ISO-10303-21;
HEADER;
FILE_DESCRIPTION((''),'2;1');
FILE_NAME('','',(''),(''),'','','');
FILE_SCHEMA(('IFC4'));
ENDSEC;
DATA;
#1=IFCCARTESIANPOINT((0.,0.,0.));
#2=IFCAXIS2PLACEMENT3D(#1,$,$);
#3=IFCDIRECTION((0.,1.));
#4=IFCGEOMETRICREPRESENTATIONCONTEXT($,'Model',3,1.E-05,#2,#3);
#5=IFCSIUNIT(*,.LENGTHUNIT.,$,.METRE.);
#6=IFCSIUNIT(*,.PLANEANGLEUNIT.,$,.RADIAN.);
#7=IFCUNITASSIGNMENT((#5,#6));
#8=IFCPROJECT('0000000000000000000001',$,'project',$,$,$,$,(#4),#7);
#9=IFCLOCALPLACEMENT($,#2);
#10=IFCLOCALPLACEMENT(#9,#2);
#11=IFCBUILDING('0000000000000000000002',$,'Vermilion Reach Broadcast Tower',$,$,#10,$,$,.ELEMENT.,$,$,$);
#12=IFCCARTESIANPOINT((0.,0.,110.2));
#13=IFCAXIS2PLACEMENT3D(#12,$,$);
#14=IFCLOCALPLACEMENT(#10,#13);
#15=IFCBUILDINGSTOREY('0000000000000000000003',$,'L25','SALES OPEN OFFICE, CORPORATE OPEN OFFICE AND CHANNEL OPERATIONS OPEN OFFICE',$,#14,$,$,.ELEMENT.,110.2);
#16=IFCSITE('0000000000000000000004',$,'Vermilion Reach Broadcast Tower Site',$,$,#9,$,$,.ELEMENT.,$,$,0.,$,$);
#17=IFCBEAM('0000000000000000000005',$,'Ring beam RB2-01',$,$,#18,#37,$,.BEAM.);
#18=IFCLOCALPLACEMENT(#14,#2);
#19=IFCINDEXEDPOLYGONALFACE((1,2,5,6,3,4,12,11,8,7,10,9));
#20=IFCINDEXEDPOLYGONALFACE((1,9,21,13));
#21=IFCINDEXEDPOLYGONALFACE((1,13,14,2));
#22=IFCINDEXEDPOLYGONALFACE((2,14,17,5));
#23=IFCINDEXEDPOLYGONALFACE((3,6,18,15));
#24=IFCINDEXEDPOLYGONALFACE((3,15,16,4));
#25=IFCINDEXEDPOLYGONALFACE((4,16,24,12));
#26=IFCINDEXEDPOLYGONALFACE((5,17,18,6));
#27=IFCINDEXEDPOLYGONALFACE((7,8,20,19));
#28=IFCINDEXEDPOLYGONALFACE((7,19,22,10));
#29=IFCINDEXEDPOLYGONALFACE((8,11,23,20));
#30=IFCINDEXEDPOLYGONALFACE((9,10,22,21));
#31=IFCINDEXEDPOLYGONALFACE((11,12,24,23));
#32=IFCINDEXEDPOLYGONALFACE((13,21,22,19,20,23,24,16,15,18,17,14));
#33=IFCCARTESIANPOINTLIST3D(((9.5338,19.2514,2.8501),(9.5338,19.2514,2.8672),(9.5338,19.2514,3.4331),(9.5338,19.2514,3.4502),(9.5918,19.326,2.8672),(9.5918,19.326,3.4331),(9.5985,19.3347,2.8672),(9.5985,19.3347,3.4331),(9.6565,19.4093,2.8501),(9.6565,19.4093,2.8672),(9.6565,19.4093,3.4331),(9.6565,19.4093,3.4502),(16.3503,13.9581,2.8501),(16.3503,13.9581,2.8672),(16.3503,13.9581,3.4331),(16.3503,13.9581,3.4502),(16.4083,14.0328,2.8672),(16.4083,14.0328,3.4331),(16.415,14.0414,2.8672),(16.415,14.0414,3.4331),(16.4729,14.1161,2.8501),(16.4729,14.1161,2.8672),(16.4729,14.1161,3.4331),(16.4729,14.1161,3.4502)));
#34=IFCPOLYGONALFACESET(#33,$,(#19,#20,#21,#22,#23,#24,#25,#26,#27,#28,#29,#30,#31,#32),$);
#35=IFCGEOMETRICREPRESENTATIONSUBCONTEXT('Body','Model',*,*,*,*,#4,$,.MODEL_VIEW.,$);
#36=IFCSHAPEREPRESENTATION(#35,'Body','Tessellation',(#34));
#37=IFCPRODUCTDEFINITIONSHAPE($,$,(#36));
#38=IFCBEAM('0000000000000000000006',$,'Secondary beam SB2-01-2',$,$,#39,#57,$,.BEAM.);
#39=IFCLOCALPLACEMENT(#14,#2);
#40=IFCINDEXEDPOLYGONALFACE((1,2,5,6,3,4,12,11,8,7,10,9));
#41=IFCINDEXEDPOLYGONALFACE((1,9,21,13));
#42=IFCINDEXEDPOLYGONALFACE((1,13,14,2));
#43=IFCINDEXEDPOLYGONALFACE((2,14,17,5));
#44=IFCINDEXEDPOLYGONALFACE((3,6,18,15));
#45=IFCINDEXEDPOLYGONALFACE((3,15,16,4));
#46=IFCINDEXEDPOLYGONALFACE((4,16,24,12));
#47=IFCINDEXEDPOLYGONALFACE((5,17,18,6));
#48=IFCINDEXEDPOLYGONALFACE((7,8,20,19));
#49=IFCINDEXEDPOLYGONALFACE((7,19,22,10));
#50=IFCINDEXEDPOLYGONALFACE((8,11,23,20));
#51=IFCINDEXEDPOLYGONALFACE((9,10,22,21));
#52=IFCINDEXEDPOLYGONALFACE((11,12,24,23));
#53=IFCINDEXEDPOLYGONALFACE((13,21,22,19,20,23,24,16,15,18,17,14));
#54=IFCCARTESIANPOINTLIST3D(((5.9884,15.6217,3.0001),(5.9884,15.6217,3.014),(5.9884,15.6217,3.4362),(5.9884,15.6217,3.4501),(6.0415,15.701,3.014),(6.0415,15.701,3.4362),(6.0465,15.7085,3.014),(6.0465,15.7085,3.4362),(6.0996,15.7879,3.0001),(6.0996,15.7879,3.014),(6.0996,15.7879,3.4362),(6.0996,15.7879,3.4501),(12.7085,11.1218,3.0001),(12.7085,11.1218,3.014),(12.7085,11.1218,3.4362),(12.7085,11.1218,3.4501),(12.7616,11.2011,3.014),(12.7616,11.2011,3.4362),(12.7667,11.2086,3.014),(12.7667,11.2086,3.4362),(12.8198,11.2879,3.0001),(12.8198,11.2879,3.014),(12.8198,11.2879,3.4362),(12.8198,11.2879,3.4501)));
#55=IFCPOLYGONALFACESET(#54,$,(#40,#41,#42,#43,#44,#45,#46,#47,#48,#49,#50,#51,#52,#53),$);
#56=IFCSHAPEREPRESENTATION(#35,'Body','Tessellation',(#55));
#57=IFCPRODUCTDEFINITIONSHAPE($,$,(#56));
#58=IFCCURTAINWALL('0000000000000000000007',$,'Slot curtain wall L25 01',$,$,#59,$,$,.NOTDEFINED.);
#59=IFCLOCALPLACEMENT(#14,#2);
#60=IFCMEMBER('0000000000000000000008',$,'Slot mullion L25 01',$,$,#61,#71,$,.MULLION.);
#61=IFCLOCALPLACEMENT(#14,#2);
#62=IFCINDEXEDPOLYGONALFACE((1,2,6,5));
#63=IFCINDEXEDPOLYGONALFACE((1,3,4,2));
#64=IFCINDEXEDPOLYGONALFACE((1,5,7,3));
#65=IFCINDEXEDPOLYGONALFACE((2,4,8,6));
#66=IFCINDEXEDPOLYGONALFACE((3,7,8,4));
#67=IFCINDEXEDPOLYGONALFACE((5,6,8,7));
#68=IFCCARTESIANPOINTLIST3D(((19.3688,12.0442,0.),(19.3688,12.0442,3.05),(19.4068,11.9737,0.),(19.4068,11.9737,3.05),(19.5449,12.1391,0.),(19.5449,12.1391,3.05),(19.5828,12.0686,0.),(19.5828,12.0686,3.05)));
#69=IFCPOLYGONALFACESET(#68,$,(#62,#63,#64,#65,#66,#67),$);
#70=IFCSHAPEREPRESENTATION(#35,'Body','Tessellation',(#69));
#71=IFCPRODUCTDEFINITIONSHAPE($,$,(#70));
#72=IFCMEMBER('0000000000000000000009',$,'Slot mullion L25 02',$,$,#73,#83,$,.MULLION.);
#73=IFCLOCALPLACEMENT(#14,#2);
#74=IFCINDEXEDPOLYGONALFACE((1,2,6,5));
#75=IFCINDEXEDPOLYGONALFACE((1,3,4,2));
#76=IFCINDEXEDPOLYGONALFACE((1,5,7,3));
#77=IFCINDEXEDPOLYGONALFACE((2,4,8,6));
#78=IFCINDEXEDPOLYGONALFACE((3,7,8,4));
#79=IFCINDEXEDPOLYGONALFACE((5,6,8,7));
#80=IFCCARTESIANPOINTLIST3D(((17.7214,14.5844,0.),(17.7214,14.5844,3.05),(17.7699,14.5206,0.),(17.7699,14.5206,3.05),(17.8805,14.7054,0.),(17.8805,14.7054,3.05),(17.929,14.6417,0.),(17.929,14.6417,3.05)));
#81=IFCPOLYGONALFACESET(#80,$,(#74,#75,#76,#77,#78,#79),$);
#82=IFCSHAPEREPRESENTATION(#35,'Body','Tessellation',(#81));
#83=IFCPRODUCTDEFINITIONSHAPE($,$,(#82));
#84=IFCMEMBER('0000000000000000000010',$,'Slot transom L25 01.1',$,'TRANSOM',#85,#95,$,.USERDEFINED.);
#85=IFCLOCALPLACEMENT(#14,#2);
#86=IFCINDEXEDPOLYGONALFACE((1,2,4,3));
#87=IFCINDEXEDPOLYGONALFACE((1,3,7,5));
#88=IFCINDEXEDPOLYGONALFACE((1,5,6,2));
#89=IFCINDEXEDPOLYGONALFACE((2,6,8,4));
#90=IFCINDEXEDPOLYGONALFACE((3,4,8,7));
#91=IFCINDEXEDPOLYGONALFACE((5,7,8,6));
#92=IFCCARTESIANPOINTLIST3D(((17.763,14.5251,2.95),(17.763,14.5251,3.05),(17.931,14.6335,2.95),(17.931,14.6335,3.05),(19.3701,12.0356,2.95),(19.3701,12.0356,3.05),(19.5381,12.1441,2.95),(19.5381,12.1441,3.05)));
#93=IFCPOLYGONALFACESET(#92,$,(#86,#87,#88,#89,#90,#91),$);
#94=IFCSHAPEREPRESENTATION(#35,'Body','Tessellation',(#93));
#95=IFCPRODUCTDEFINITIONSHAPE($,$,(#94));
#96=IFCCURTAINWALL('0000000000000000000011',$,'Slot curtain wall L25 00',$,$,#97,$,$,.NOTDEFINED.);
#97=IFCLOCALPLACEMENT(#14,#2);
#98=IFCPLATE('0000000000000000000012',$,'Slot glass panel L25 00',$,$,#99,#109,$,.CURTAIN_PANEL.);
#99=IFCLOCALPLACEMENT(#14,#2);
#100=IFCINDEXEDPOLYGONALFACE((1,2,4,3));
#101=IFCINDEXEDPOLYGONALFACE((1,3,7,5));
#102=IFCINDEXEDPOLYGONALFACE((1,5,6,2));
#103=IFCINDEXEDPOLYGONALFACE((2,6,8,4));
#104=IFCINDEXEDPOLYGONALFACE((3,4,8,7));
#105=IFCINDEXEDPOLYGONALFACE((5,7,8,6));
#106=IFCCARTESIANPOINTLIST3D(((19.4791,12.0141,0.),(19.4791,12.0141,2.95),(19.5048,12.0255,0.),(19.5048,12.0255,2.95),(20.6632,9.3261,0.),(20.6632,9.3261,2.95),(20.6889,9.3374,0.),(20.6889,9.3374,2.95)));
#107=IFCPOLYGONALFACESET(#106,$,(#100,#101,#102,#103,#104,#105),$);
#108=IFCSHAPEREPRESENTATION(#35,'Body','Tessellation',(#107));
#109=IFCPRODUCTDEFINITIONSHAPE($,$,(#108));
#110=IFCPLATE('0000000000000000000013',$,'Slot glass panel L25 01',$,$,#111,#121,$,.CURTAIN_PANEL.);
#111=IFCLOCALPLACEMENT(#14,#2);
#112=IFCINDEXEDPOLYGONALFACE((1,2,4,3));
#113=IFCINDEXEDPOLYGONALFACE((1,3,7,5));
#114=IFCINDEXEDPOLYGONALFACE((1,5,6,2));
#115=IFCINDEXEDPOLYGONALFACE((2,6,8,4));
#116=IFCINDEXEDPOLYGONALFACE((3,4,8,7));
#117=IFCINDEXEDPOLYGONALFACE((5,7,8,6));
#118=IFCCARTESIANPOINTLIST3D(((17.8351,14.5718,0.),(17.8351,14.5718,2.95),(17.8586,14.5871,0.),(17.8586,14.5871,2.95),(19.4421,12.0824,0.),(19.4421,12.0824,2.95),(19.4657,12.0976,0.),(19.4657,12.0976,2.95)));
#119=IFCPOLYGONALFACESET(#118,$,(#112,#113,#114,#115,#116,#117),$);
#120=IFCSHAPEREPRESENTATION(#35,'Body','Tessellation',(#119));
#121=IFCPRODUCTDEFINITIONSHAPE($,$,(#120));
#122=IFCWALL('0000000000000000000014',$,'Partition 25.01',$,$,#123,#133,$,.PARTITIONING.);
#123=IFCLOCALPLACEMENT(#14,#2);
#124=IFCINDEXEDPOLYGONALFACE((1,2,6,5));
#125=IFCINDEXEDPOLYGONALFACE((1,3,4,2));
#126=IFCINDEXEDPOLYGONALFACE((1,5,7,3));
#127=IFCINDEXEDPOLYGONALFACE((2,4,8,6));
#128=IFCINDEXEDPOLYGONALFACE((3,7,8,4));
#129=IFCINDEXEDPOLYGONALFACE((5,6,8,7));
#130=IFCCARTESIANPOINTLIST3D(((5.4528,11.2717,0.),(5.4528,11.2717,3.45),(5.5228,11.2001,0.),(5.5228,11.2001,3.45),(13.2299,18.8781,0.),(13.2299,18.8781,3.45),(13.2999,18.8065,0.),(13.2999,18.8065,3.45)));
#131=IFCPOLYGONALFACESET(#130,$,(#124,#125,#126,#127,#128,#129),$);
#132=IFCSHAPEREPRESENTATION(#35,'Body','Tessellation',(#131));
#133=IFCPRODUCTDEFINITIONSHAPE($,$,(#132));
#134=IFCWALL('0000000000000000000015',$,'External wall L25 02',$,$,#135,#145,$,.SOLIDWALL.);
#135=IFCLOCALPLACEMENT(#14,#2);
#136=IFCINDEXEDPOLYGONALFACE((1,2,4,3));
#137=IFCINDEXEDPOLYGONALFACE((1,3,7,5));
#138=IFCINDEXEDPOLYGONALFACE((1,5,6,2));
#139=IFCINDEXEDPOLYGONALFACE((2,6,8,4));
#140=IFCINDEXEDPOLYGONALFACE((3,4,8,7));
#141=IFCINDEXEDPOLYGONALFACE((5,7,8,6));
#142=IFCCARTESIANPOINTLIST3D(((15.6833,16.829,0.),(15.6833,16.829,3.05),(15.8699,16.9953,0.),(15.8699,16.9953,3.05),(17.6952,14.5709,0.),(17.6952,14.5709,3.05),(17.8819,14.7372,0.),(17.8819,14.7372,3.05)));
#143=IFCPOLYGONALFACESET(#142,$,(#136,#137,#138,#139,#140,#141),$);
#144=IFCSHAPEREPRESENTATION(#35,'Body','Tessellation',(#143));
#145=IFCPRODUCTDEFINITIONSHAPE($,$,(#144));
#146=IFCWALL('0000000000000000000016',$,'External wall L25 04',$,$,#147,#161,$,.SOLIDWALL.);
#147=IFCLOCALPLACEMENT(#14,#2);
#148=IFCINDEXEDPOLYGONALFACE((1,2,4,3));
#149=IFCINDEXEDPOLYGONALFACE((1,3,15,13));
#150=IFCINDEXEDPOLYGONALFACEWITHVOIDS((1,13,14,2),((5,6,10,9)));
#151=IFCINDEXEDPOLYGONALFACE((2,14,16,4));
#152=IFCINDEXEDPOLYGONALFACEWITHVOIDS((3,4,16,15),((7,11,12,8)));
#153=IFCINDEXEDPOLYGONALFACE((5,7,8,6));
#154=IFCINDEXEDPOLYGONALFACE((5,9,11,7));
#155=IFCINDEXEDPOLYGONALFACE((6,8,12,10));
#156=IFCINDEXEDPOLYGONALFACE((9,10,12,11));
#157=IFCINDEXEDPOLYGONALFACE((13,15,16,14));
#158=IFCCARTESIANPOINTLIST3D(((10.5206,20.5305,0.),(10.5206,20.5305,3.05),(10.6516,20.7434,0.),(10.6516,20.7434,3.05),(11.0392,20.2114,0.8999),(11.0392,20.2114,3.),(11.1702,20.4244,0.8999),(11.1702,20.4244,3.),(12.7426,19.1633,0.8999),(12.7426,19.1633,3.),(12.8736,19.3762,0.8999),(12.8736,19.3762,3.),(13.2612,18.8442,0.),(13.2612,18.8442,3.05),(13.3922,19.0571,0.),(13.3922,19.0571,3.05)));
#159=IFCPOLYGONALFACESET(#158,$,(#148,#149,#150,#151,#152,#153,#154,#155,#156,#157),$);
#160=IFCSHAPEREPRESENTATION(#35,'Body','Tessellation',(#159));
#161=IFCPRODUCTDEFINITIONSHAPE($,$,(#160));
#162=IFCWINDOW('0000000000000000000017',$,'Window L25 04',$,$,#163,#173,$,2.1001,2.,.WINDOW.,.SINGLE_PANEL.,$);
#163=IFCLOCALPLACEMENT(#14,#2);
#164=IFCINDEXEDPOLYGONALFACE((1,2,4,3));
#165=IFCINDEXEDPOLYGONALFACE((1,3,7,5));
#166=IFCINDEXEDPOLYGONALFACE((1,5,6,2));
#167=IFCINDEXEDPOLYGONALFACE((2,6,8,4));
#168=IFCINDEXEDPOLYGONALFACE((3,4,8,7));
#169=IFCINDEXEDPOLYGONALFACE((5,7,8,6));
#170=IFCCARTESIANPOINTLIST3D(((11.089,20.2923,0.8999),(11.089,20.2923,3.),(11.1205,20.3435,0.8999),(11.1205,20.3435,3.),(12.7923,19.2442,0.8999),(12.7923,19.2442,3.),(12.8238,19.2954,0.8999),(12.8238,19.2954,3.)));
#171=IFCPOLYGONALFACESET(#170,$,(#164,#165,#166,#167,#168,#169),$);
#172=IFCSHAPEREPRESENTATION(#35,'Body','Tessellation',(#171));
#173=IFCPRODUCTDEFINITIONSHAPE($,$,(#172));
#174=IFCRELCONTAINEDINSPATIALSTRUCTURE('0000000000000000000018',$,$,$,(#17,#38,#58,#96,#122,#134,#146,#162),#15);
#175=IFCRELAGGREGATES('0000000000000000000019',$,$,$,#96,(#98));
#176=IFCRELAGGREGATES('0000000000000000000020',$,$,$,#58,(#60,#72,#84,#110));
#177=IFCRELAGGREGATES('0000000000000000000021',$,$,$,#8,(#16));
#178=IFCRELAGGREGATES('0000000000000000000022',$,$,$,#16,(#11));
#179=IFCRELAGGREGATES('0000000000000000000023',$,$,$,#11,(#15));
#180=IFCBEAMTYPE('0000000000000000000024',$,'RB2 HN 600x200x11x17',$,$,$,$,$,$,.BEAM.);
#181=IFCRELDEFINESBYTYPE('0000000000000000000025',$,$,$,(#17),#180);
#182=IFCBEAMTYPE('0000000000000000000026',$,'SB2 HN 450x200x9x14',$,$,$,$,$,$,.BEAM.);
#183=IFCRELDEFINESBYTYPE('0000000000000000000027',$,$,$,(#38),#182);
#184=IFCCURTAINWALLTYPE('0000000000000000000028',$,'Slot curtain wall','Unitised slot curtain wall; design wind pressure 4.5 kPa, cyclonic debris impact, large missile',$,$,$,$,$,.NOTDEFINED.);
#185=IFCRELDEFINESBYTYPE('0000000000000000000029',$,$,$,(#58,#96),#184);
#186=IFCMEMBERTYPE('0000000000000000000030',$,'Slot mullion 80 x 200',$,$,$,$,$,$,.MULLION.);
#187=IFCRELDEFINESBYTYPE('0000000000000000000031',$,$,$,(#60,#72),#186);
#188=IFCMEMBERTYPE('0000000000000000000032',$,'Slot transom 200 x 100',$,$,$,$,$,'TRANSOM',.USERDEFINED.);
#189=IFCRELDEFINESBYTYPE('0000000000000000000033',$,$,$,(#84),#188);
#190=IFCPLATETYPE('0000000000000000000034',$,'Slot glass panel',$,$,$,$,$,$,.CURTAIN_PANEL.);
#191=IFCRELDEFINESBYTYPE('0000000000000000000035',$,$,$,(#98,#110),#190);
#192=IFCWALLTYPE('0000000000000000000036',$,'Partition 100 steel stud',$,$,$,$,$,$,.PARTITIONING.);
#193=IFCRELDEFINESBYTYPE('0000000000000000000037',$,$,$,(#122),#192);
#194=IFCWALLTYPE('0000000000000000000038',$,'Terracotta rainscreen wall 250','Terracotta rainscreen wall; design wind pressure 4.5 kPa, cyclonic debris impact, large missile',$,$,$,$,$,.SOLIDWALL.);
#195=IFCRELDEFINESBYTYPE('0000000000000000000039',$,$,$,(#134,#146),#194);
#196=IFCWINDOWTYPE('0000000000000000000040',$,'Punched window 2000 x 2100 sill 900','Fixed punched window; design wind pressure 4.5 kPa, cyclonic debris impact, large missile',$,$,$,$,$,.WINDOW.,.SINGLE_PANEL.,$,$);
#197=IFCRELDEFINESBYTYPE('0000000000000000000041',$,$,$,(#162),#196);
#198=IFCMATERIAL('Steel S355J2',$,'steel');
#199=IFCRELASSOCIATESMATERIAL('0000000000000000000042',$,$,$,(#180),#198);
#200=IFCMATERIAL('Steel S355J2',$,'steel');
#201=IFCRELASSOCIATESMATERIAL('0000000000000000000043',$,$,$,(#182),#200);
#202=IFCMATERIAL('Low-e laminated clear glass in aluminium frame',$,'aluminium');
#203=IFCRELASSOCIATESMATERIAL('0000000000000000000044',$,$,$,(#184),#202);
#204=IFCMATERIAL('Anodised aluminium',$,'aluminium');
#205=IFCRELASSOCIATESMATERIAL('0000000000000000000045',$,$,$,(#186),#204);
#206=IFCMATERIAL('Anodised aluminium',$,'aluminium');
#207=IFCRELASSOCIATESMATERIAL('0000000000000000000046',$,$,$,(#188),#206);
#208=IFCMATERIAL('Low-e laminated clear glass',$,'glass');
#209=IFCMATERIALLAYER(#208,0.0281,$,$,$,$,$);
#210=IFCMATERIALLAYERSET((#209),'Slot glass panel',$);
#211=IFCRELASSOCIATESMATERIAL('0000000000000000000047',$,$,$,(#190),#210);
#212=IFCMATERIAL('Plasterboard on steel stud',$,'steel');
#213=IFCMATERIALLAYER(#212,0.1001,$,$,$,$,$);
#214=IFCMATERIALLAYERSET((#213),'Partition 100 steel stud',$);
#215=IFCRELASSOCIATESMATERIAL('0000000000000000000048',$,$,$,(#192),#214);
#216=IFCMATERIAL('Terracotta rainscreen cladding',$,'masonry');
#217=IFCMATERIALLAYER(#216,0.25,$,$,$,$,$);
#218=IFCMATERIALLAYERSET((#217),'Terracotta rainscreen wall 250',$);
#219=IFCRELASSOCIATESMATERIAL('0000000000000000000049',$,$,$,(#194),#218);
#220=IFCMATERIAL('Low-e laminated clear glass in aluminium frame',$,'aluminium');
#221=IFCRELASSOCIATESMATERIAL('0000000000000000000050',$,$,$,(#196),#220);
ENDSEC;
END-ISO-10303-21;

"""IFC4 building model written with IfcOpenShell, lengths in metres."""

from ifc_helpers import new_model, si_unit, direction, frame, frame_2d, origin, origin_2d, place, context, subcontext, project, spatial, rectangle, i_section, extrude, material, layer, layer_set, material_profile, profile_set, type_object, element, fill, aggregate, save


model = new_model("IFC4")

# Units and contexts
model_context = context("Model", 3, precision=1e-05, world=origin(), true_north=direction((0.0, 1.0)))
body_context = subcontext(model_context, "Body", "Model", "MODEL_VIEW")
ifc_project = project(units=[si_unit("LENGTHUNIT", "METRE"), si_unit("PLANEANGLEUNIT", "RADIAN")], contexts=[model_context])

# Site, building, storey
site_placement = place(None, origin())
site = spatial("IfcSite", under=ifc_project, at=site_placement, Name="Vermilion Reach Broadcast Tower Site", CompositionType="ELEMENT", RefElevation=0.0)
building_placement = place(site_placement, origin())
building = spatial("IfcBuilding", under=site, at=building_placement, Name="Vermilion Reach Broadcast Tower", CompositionType="ELEMENT")
storey_placement = place(building_placement, frame((0.0, 0.0, 110.2)))
storey = spatial("IfcBuildingStorey", under=building, at=storey_placement, Name="L25", Description="SALES OPEN OFFICE, CORPORATE OPEN OFFICE AND CHANNEL OPERATIONS OPEN OFFICE", CompositionType="ELEMENT", Elevation=110.2)

# Beams
ifc_material_1 = material(Name="Steel S355J2", Category="steel")
ifc_material_profile_1 = material_profile(ifc_material_1, i_section(OverallWidth=0.2, OverallDepth=0.6001, WebThickness=0.011, FlangeThickness=0.0171, at=origin_2d()), Name="S355J2 HN 600x200x11x17")
ifc_profile_set_1 = profile_set([ifc_material_profile_1], Name="Steel S355J2")
beam_type_1 = type_object("IfcBeamType", Name="RB2 HN 600x200x11x17", PredefinedType="BEAM", material=ifc_profile_set_1)
beam_1_placement = place(storey_placement, frame((16.4116, 14.0371, 3.1501), z_axis=(-0.789826, 0.613331, 0.0), x_axis=(-0.613331, -0.789826, 0.0)))
element("IfcBeam", 1, at=beam_1_placement, inside=storey, type_object=beam_type_1, Name="Ring beam RB2-01", PredefinedType="BEAM", context=body_context, shape_type="SweptSolid", body=[
    extrude(i_section(OverallWidth=0.2, OverallDepth=0.6001, WebThickness=0.011, FlangeThickness=0.0171, at=origin_2d()), origin(), (0.0, 0.0, 1.0), 8.6304),
])
ifc_material_2 = material(Name="Steel S355J2", Category="steel")
ifc_material_profile_2 = material_profile(ifc_material_2, i_section(OverallWidth=0.2, OverallDepth=0.45, WebThickness=0.009, FlangeThickness=0.0139, at=origin_2d()), Name="S355J2 HN 450x200x9x14")
ifc_profile_set_2 = profile_set([ifc_material_profile_2], Name="Steel S355J2")
beam_type_2 = type_object("IfcBeamType", Name="SB2 HN 450x200x9x14", PredefinedType="BEAM", material=ifc_profile_set_2)
beam_2_placement = place(storey_placement, frame((12.7642, 11.2048, 3.2251), z_axis=(-0.830915, 0.556399, 0.0), x_axis=(-0.556399, -0.830915, 0.0)))
element("IfcBeam", 2, at=beam_2_placement, inside=storey, type_object=beam_type_2, Name="Secondary beam SB2-01-2", PredefinedType="BEAM", context=body_context, shape_type="SweptSolid", body=[
    extrude(i_section(OverallWidth=0.2, OverallDepth=0.45, WebThickness=0.009, FlangeThickness=0.0139, at=origin_2d()), origin(), (0.0, 0.0, 1.0), 8.0876),
])

# Curtain wall, members
ifc_material_3 = material(Name="Low-e laminated clear glass in aluminium frame", Category="aluminium")
curtain_wall_type = type_object("IfcCurtainWallType", Name="Slot curtain wall", Description="Unitised slot curtain wall; design wind pressure 4.5 kPa, cyclonic debris impact, large missile", PredefinedType="NOTDEFINED", material=ifc_material_3)
placement = place(storey_placement, origin())
curtain_wall_1 = element("IfcCurtainWall", 3, at=placement, inside=storey, type_object=curtain_wall_type, Name="Slot curtain wall L25 01", PredefinedType="NOTDEFINED")
ifc_material_4 = material(Name="Anodised aluminium", Category="aluminium")
ifc_material_profile_3 = material_profile(ifc_material_4, rectangle(XDim=0.2, YDim=0.0801, at=origin_2d()), Name="Slot mullion 80 x 200")
ifc_profile_set_3 = profile_set([ifc_material_profile_3], Name="Anodised aluminium")
member_type_1 = type_object("IfcMemberType", Name="Slot mullion 80 x 200", PredefinedType="MULLION", material=ifc_profile_set_3)
member_1_placement = place(storey_placement, frame((19.4758, 12.0564, 0.0), z_axis=(0.0, 0.0, 1.0), x_axis=(-0.880404, -0.474225, 0.0)))
member_1 = element("IfcMember", 4, at=member_1_placement, type_object=member_type_1, Name="Slot mullion L25 01", PredefinedType="MULLION", context=body_context, shape_type="SweptSolid", body=[
    extrude(rectangle(XDim=0.2, YDim=0.0801, at=origin_2d()), origin(), (0.0, 0.0, 1.0), 3.05),
])
member_2_placement = place(storey_placement, frame((17.8252, 14.613, 0.0), z_axis=(0.0, 0.0, 1.0), x_axis=(-0.795754, -0.60562, 0.0)))
member_2 = element("IfcMember", 5, at=member_2_placement, type_object=member_type_1, Name="Slot mullion L25 02", PredefinedType="MULLION", context=body_context, shape_type="SweptSolid", body=[
    extrude(rectangle(XDim=0.2, YDim=0.0801, at=origin_2d()), origin(), (0.0, 0.0, 1.0), 3.05),
])
ifc_material_5 = material(Name="Anodised aluminium", Category="aluminium")
ifc_material_profile_4 = material_profile(ifc_material_5, rectangle(XDim=0.2, YDim=0.1001, at=origin_2d()), Name="Slot transom 200 x 100")
ifc_profile_set_4 = profile_set([ifc_material_profile_4], Name="Anodised aluminium")
member_type_2 = type_object("IfcMemberType", Name="Slot transom 200 x 100", ElementType="TRANSOM", PredefinedType="USERDEFINED", material=ifc_profile_set_4)
member_3_placement = place(storey_placement, frame((19.4541, 12.0898, 3.0), z_axis=(-0.542376, 0.840136, 0.0), x_axis=(-0.840136, -0.542376, 0.0)))
member_3 = element("IfcMember", 6, at=member_3_placement, type_object=member_type_2, Name="Slot transom L25 01.1", ObjectType="TRANSOM", PredefinedType="USERDEFINED", context=body_context, shape_type="SweptSolid", body=[
    extrude(rectangle(XDim=0.2, YDim=0.1001, at=origin_2d()), origin(), (0.0, 0.0, 1.0), 2.9631),
])

# Curtain wall, plate
curtain_wall_2 = element("IfcCurtainWall", 7, at=placement, inside=storey, type_object=curtain_wall_type, Name="Slot curtain wall L25 00", PredefinedType="NOTDEFINED")
ifc_material_6 = material(Name="Low-e laminated clear glass", Category="glass")
ifc_layer_1 = layer(ifc_material_6, 0.0281)
ifc_layer_set_1 = layer_set([ifc_layer_1], Name="Slot glass panel")
plate_type = type_object("IfcPlateType", Name="Slot glass panel", PredefinedType="CURTAIN_PANEL", material=ifc_layer_set_1)
plate_1_placement = place(storey_placement, frame((20.084, 10.6758, 0.0), z_axis=(0.0, 0.0, 1.0), x_axis=(-0.403118, 0.915148, 0.0)))
plate_1 = element("IfcPlate", 8, at=plate_1_placement, type_object=plate_type, Name="Slot glass panel L25 00", PredefinedType="CURTAIN_PANEL", context=body_context, shape_type="SweptSolid", body=[
    extrude(rectangle(XDim=2.9373, YDim=0.0281, at=origin_2d()), origin(), (0.0, 0.0, 1.0), 2.95),
])
aggregate(curtain_wall_2, [plate_1])

# Plate
plate_2_placement = place(storey_placement, frame((18.6504, 13.3347, 0.0), z_axis=(0.0, 0.0, 1.0), x_axis=(-0.542361, 0.840145, 0.0)))
plate_2 = element("IfcPlate", 9, at=plate_2_placement, type_object=plate_type, Name="Slot glass panel L25 01", PredefinedType="CURTAIN_PANEL", context=body_context, shape_type="SweptSolid", body=[
    extrude(rectangle(XDim=2.9631, YDim=0.0281, at=origin_2d()), origin(), (0.0, 0.0, 1.0), 2.95),
])
aggregate(curtain_wall_1, [member_1, member_2, member_3, plate_2])

# Walls
ifc_material_7 = material(Name="Plasterboard on steel stud", Category="steel")
ifc_layer_2 = layer(ifc_material_7, 0.1001)
ifc_layer_set_2 = layer_set([ifc_layer_2], Name="Partition 100 steel stud")
wall_type_1 = type_object("IfcWallType", Name="Partition 100 steel stud", PredefinedType="PARTITIONING", material=ifc_layer_set_2)
wall_1_placement = place(storey_placement, frame((13.2649, 18.8423, 0.0), z_axis=(0.0, 0.0, 1.0), x_axis=(-0.714907, -0.69922, 0.0)))
element("IfcWall", 10, at=wall_1_placement, inside=storey, type_object=wall_type_1, Name="Partition 25.01", PredefinedType="PARTITIONING", context=body_context, shape_type="SweptSolid", body=[
    extrude(rectangle(XDim=10.8784, YDim=0.1001, at=frame_2d((5.4392, 0.0))), origin(), (0.0, 0.0, 1.0), 3.45),
])
ifc_material_8 = material(Name="Terracotta rainscreen cladding", Category="masonry")
ifc_layer_3 = layer(ifc_material_8, 0.25)
ifc_layer_set_3 = layer_set([ifc_layer_3], Name="Terracotta rainscreen wall 250")
wall_type_2 = type_object("IfcWallType", Name="Terracotta rainscreen wall 250", Description="Terracotta rainscreen wall; design wind pressure 4.5 kPa, cyclonic debris impact, large missile", PredefinedType="SOLIDWALL", material=ifc_layer_set_3)
wall_2_placement = place(storey_placement, frame((17.7886, 14.6541, 0.0), z_axis=(0.0, 0.0, 1.0), x_axis=(-0.66525, 0.74662, 0.0)))
element("IfcWall", 11, at=wall_2_placement, inside=storey, type_object=wall_type_2, Name="External wall L25 02", PredefinedType="SOLIDWALL", context=body_context, shape_type="SweptSolid", body=[
    extrude(rectangle(XDim=3.0244, YDim=0.25, at=frame_2d((1.5122, 0.0))), origin(), (0.0, 0.0, 1.0), 3.05),
])

# Wall, opening, window
wall_3_placement = place(storey_placement, frame((13.3267, 18.9507, 0.0), z_axis=(0.0, 0.0, 1.0), x_axis=(-0.851682, 0.524059, 0.0)))
wall_3 = element("IfcWall", 12, at=wall_3_placement, inside=storey, type_object=wall_type_2, Name="External wall L25 04", PredefinedType="SOLIDWALL", context=body_context, shape_type="SweptSolid", body=[
    extrude(rectangle(XDim=3.2178, YDim=0.25, at=frame_2d((1.6089, 0.0))), origin(), (0.0, 0.0, 1.0), 3.05),
])
opening_1_placement = place(wall_3_placement, frame((0.6089, 0.0, 0.8999)))
opening_1 = element("IfcOpeningElement", 13, at=opening_1_placement, cuts=wall_3, PredefinedType="OPENING", context=body_context, shape_type="SweptSolid", body=[
    extrude(rectangle(XDim=2.0, YDim=2.1001, at=frame_2d((1.0, 1.05))), frame((0.0, 0.135, 0.0), z_axis=(0.0, -1.0, 0.0), x_axis=(1.0, 0.0, 0.0)), (0.0, 0.0, 1.0), 0.27),
])
ifc_material_9 = material(Name="Low-e laminated clear glass in aluminium frame", Category="aluminium")
window_type = type_object("IfcWindowType", Name="Punched window 2000 x 2100 sill 900", Description="Fixed punched window; design wind pressure 4.5 kPa, cyclonic debris impact, large missile", PartitioningType="SINGLE_PANEL", PredefinedType="WINDOW", material=ifc_material_9)
window_1_placement = place(opening_1_placement, origin())
window_1 = element("IfcWindow", 14, at=window_1_placement, inside=storey, type_object=window_type, Name="Window L25 04", OverallHeight=2.1001, OverallWidth=2.0, PartitioningType="SINGLE_PANEL", PredefinedType="WINDOW", context=body_context, shape_type="SweptSolid", body=[
    extrude(rectangle(XDim=2.0, YDim=2.1001, at=frame_2d((1.0, 1.05))), frame((0.0, 0.03, 0.0), z_axis=(0.0, -1.0, 0.0), x_axis=(1.0, 0.0, 0.0)), (0.0, 0.0, 1.0), 0.0601),
])
fill(opening_1, window_1)

save(model, "model.ifc")
